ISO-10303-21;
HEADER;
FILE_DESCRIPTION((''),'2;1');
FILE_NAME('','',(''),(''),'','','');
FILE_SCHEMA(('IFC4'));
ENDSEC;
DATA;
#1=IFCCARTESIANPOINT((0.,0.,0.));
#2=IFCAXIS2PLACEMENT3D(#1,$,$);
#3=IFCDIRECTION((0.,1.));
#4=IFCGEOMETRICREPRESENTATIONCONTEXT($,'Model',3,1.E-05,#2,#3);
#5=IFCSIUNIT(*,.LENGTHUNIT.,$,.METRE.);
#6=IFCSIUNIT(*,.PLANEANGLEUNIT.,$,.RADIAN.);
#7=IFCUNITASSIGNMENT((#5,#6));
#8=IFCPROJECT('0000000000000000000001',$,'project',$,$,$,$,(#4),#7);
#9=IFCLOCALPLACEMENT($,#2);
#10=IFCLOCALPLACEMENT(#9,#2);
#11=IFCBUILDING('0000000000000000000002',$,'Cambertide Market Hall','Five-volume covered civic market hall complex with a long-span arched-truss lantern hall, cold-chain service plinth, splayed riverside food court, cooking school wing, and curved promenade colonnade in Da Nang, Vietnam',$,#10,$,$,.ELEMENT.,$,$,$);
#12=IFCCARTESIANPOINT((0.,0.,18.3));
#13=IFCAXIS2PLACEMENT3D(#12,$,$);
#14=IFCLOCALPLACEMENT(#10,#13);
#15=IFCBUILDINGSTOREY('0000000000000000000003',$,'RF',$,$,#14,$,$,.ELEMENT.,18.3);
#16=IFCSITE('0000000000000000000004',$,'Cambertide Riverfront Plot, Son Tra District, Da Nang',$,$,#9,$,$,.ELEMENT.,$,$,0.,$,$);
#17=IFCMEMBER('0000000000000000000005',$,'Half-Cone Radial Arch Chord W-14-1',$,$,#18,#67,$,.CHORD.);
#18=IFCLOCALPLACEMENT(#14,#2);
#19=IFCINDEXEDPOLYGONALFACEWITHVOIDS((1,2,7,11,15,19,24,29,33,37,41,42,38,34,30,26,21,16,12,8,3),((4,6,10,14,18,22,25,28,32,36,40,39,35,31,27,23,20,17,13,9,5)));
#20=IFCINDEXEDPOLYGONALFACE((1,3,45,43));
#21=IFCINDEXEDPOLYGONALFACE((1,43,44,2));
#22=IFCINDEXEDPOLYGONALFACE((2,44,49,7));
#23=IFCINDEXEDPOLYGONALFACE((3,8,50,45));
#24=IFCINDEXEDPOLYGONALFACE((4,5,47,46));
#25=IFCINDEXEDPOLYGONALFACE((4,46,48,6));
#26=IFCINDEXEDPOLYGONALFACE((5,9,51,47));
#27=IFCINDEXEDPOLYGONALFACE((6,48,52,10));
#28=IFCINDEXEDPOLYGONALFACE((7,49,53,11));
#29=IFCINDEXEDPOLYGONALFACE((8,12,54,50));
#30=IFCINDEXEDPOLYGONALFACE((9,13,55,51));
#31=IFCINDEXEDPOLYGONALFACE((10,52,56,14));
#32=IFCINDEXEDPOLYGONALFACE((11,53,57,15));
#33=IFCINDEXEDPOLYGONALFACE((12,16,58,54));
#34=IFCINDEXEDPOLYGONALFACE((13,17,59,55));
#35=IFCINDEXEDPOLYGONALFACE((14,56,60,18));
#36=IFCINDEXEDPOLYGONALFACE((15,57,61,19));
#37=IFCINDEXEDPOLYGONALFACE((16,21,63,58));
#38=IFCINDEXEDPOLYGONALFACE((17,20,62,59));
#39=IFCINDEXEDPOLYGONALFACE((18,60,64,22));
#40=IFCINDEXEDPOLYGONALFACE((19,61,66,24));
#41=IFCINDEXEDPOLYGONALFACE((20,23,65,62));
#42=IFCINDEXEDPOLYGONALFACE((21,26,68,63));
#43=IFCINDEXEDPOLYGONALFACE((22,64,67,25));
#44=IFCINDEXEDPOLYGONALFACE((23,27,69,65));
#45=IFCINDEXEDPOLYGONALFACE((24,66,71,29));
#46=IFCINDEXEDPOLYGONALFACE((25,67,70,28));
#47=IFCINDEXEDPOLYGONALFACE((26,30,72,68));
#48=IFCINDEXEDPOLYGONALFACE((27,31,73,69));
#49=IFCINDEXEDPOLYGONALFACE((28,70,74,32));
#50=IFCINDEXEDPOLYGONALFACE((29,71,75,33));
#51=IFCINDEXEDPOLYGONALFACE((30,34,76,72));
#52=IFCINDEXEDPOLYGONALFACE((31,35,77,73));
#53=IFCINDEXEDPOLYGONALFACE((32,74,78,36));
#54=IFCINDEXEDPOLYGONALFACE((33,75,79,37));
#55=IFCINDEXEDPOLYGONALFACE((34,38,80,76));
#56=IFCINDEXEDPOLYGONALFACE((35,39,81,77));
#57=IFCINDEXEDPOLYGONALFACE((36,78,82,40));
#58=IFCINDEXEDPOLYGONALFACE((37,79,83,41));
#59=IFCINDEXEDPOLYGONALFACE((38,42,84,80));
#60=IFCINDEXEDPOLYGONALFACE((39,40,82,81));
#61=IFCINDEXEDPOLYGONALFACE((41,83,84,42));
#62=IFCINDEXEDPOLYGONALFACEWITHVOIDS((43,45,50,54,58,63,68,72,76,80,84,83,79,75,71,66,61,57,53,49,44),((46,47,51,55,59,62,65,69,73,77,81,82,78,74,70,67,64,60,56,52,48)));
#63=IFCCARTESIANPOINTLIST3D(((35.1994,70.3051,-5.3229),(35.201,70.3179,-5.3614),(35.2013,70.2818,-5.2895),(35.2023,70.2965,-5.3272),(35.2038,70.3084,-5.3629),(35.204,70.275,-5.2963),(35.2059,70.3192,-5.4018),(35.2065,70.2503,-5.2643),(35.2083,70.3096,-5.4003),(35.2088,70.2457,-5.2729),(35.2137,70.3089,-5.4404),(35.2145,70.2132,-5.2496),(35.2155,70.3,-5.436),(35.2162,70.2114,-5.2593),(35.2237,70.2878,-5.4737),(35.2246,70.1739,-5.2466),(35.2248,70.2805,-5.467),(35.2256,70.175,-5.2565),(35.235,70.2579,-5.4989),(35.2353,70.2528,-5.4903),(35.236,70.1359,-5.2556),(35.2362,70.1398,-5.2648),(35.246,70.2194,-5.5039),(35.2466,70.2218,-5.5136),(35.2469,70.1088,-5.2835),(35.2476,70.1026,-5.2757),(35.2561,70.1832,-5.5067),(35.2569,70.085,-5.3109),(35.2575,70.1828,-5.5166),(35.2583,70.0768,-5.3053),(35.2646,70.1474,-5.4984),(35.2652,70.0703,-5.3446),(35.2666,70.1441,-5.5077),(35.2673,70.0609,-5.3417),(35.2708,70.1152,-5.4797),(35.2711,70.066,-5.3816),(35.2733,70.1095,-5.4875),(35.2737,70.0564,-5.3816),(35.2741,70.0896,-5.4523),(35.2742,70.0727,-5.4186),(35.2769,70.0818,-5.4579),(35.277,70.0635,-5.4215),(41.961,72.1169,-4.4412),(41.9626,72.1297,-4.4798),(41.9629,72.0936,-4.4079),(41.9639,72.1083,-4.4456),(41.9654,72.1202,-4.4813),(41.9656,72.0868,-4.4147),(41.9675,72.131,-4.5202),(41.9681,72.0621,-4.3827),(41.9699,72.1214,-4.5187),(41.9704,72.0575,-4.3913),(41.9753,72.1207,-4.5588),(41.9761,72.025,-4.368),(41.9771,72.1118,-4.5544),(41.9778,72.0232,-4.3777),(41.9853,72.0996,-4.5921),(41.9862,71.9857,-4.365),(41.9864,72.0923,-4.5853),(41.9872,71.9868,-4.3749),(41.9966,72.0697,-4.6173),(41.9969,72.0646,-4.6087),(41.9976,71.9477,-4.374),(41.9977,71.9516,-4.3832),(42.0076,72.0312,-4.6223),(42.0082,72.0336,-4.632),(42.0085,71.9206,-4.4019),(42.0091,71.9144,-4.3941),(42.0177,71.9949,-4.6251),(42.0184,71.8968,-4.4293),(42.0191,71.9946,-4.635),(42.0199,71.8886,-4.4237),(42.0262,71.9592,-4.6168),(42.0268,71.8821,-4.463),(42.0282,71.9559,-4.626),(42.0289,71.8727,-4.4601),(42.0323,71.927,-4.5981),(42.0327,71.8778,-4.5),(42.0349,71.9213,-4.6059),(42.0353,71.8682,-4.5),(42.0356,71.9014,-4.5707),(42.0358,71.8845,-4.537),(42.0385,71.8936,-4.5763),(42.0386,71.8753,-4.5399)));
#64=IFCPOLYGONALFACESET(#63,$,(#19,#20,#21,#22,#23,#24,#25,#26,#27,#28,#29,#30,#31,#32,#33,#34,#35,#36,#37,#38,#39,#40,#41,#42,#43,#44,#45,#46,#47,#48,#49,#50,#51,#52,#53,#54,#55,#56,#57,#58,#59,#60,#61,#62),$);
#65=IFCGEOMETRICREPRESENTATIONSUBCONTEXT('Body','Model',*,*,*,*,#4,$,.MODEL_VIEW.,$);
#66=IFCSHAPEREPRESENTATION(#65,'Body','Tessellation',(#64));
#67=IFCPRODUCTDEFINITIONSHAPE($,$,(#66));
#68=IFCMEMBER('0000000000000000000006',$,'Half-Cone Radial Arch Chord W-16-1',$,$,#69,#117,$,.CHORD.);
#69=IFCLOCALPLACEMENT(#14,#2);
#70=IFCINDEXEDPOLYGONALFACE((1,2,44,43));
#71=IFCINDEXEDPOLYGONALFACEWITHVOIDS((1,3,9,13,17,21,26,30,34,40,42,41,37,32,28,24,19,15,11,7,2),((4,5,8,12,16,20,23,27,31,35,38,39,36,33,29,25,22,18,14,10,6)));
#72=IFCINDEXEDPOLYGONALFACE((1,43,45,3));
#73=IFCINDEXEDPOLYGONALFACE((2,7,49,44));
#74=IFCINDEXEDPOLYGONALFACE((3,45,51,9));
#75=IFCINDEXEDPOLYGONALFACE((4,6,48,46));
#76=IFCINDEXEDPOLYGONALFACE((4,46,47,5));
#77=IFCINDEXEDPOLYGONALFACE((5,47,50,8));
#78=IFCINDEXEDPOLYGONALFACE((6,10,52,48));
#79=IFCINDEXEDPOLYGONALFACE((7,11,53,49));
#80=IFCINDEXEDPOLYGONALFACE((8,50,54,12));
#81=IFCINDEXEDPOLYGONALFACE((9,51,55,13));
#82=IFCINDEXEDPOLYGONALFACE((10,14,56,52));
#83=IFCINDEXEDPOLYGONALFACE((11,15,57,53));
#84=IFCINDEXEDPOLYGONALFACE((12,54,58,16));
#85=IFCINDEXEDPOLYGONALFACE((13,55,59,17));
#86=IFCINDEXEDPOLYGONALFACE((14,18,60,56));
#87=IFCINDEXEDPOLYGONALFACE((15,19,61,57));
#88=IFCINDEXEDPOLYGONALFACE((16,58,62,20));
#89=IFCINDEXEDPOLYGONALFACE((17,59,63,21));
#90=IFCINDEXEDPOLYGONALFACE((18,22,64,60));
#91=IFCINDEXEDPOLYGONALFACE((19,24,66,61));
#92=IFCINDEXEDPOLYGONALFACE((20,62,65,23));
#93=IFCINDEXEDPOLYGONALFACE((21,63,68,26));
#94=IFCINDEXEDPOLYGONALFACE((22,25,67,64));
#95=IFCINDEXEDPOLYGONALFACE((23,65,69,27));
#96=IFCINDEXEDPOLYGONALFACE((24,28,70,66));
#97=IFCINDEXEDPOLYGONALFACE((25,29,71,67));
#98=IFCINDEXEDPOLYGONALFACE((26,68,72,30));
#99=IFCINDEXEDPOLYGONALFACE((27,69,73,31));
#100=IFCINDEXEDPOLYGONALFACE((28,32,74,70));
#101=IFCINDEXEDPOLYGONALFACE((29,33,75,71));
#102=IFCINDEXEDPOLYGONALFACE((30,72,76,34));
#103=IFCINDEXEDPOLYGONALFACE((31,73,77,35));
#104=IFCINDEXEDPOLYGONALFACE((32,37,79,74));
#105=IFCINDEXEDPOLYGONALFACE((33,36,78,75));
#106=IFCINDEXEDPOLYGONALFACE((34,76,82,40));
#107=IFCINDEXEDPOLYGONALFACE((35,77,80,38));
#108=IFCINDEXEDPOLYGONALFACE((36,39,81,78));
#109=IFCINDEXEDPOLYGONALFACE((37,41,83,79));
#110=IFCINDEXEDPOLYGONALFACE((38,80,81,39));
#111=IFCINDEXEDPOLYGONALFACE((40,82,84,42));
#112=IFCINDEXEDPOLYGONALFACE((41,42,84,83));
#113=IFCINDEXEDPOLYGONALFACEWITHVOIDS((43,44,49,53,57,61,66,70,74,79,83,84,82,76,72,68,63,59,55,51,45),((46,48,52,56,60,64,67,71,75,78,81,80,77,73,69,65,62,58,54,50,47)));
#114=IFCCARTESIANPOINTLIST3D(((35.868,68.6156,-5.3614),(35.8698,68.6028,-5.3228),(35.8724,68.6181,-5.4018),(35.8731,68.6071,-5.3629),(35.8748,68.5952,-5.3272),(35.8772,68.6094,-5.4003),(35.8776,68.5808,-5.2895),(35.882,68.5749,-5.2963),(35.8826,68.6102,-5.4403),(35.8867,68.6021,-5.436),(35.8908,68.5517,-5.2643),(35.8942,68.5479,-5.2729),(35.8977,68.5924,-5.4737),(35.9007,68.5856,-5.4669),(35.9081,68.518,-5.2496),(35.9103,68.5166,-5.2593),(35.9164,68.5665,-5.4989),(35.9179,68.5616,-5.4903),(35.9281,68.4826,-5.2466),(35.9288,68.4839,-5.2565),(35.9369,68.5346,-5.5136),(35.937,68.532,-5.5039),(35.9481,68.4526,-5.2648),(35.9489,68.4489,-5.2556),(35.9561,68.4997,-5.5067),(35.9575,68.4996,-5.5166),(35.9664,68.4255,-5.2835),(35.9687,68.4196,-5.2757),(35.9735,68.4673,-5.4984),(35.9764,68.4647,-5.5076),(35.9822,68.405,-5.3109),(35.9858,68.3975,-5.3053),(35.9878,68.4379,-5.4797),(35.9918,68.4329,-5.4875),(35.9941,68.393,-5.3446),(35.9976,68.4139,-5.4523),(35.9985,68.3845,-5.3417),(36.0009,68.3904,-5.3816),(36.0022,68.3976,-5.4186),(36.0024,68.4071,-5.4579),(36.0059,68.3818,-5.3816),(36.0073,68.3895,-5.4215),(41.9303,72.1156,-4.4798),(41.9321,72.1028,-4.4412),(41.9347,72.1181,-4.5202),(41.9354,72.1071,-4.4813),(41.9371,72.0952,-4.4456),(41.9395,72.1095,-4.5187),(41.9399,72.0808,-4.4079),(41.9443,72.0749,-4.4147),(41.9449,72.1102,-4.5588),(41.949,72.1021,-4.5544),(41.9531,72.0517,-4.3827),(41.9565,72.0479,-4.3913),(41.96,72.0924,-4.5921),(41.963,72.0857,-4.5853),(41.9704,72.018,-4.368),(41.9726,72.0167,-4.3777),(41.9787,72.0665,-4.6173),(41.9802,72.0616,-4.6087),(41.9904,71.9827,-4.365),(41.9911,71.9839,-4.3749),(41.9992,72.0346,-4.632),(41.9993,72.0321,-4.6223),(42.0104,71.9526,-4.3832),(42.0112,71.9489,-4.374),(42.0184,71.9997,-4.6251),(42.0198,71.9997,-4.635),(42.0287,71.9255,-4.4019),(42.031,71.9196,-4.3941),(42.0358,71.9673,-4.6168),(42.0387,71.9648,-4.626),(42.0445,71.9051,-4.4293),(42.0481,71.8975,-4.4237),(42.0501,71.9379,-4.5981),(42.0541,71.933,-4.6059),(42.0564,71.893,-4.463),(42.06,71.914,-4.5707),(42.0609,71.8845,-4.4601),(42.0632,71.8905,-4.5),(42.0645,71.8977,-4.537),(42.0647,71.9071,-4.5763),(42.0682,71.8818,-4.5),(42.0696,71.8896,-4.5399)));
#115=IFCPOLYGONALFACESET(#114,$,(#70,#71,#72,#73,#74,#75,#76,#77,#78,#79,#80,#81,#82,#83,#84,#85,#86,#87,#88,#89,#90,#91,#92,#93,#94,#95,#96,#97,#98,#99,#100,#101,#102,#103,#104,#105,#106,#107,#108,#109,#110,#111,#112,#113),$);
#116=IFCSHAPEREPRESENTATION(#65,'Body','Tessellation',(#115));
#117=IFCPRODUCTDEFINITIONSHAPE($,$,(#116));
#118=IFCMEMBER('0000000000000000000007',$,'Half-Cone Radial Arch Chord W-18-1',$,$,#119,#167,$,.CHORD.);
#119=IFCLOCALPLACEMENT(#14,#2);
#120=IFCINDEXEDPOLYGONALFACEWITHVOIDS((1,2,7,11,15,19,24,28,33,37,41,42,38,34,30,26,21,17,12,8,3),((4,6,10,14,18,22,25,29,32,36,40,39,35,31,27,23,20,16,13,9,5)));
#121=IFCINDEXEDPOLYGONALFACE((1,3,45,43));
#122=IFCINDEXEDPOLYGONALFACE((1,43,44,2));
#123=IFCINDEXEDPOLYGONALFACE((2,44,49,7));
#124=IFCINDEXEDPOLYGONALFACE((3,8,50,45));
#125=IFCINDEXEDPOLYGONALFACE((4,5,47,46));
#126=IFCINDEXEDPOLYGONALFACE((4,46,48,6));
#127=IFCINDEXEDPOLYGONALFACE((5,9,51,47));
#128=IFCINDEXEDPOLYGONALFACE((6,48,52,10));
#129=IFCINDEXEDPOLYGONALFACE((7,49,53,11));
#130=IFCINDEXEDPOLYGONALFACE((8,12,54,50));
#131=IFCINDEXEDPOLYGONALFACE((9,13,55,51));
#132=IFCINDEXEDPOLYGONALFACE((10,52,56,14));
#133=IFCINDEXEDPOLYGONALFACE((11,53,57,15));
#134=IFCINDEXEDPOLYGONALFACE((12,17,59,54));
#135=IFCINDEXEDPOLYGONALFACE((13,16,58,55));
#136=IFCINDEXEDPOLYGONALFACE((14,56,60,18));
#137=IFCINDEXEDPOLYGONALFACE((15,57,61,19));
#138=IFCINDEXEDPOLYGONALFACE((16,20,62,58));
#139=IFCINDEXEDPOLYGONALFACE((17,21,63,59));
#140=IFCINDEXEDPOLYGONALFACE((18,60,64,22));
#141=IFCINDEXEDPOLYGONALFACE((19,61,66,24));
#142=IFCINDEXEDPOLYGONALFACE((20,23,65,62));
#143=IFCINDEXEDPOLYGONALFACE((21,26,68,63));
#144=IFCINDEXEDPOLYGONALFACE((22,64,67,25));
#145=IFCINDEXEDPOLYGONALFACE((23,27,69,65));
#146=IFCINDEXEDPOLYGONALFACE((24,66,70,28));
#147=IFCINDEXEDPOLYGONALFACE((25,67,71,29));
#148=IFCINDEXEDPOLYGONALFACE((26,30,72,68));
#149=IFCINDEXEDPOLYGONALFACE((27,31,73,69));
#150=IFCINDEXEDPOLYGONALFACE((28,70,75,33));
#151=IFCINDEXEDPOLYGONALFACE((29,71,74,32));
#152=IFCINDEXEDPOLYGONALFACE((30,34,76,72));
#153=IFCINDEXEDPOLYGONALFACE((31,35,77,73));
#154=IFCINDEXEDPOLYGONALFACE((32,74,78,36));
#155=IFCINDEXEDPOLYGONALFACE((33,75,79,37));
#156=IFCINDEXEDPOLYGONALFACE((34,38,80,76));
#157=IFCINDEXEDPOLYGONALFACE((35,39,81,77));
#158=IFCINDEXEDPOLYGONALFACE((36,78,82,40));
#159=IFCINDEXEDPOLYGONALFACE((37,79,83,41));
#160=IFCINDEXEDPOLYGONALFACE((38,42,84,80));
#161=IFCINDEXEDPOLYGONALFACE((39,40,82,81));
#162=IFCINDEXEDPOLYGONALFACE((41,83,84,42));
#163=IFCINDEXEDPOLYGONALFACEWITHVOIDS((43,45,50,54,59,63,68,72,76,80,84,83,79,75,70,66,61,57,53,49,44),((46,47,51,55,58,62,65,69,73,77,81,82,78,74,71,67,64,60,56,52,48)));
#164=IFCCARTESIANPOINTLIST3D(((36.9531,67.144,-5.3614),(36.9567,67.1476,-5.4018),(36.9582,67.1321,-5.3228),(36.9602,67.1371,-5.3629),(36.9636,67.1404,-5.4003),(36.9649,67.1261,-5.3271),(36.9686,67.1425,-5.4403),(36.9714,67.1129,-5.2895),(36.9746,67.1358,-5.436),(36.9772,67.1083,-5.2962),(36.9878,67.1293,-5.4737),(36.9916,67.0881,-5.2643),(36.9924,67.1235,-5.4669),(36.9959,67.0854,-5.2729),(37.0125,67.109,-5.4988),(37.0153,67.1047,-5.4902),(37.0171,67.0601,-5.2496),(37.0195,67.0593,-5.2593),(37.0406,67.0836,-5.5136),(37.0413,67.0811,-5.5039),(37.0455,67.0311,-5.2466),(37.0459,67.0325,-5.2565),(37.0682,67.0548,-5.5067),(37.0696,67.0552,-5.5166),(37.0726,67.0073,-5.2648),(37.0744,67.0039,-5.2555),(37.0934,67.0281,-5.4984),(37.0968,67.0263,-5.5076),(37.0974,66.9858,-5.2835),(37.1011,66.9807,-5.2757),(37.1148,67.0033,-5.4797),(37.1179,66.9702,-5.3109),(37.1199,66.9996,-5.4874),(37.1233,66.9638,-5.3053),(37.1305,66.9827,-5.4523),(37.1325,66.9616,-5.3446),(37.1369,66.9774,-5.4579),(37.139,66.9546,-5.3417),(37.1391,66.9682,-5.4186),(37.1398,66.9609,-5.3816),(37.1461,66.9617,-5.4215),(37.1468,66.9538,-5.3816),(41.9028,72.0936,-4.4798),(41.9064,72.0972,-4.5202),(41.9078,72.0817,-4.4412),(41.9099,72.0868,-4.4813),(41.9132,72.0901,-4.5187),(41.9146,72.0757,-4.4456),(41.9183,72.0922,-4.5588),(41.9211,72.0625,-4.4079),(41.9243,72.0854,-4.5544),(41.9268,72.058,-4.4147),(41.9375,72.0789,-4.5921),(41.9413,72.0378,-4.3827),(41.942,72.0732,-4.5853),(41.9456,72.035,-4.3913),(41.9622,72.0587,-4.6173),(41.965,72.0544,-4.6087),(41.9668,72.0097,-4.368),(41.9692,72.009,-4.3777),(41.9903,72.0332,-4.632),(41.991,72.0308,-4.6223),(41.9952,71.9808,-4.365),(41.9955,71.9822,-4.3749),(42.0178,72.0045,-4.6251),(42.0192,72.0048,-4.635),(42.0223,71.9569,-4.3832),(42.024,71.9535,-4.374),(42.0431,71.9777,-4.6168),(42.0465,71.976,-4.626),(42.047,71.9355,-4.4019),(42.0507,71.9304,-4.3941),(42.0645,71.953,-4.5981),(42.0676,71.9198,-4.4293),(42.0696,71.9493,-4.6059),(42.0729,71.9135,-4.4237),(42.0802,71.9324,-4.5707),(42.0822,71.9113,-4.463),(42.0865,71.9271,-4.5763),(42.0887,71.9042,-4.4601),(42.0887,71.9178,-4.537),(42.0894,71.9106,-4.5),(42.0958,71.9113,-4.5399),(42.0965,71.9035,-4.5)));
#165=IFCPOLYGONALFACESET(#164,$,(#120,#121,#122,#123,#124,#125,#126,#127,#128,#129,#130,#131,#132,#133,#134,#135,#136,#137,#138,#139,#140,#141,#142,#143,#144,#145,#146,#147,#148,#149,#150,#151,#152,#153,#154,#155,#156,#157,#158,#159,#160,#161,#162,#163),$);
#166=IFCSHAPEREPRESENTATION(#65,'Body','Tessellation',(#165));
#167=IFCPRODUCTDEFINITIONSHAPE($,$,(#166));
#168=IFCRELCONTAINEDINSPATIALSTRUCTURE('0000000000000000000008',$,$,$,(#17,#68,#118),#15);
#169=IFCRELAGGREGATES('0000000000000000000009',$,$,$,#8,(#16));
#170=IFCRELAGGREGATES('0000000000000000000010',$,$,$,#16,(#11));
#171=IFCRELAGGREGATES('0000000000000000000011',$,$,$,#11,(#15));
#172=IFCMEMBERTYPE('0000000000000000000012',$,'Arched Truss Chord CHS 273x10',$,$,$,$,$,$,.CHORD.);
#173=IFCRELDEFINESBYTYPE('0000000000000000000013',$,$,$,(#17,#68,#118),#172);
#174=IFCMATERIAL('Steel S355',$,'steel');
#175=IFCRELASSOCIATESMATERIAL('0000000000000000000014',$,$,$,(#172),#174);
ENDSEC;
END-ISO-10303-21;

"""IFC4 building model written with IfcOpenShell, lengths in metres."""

from ifc_helpers import new_model, si_unit, direction, frame, origin, origin_2d, place, context, subcontext, project, spatial, hollow_circle, extrude, material, material_profile, profile_set, type_object, element, save


model = new_model("IFC4")

# Units and contexts
model_context = context("Model", 3, precision=1e-05, world=origin(), true_north=direction((0.0, 1.0)))
body_context = subcontext(model_context, "Body", "Model", "MODEL_VIEW")
ifc_project = project(units=[si_unit("LENGTHUNIT", "METRE"), si_unit("PLANEANGLEUNIT", "RADIAN")], contexts=[model_context])

# Site, building, storey
site_placement = place(None, origin())
site = spatial("IfcSite", under=ifc_project, at=site_placement, Name="Cambertide Riverfront Plot, Son Tra District, Da Nang", CompositionType="ELEMENT", RefElevation=0.0)
building_placement = place(site_placement, origin())
building = spatial("IfcBuilding", under=site, at=building_placement, Name="Cambertide Market Hall", Description="Five-volume covered civic market hall complex with a long-span arched-truss lantern hall, cold-chain service plinth, splayed riverside food court, cooking school wing, and curved promenade colonnade in Da Nang, Vietnam", CompositionType="ELEMENT")
storey_placement = place(building_placement, frame((0.0, 0.0, 18.3)))
storey = spatial("IfcBuildingStorey", under=building, at=storey_placement, Name="RF", CompositionType="ELEMENT", Elevation=18.3)

# Members
ifc_material_1 = material(Name="Steel S355", Category="steel")
ifc_material_profile_1 = material_profile(ifc_material_1, hollow_circle(Radius=0.1365, WallThickness=0.01, at=origin_2d()), Name="CHS 273x10")
ifc_profile_set_1 = profile_set([ifc_material_profile_1], Name="Steel S355")
member_type_1 = type_object("IfcMemberType", Name="Arched Truss Chord CHS 273x10", PredefinedType="CHORD", material=ifc_profile_set_1)
for number, where, z_axis, x_axis, name in (
    (1, (42.0, 72.0, -4.5), (-0.958354, -0.256795, -0.124955), (0.258824, -0.965925, 0.0), "Half-Cone Radial Arch Chord W-14-1"),
    (2, (42.0, 72.0, -4.5), (-0.859241, -0.496077, -0.124953), (0.499995, -0.866028, 0.0), "Half-Cone Radial Arch Chord W-16-1"),
):
    element("IfcMember", number, at=place(storey_placement, frame(where, z_axis=z_axis, x_axis=x_axis)), inside=storey, type_object=member_type_1, Name=name, PredefinedType="CHORD", context=body_context, shape_type="SweptSolid", body=[
        extrude(hollow_circle(Radius=0.1365, WallThickness=0.01, at=origin_2d()), origin(), (0.0, 0.0, 1.0), 7.0554),
    ])
member_1_placement = place(storey_placement, frame((42.0, 72.0, -4.5), z_axis=(-0.701565, -0.701565, -0.124956), x_axis=(0.707107, -0.707107, 0.0)))
element("IfcMember", 3, at=member_1_placement, inside=storey, type_object=member_type_1, Name="Half-Cone Radial Arch Chord W-18-1", PredefinedType="CHORD", context=body_context, shape_type="SweptSolid", body=[
    extrude(hollow_circle(Radius=0.1365, WallThickness=0.01, at=origin_2d()), origin(), (0.0, 0.0, 1.0), 7.0552),
])

save(model, "model.ifc")
